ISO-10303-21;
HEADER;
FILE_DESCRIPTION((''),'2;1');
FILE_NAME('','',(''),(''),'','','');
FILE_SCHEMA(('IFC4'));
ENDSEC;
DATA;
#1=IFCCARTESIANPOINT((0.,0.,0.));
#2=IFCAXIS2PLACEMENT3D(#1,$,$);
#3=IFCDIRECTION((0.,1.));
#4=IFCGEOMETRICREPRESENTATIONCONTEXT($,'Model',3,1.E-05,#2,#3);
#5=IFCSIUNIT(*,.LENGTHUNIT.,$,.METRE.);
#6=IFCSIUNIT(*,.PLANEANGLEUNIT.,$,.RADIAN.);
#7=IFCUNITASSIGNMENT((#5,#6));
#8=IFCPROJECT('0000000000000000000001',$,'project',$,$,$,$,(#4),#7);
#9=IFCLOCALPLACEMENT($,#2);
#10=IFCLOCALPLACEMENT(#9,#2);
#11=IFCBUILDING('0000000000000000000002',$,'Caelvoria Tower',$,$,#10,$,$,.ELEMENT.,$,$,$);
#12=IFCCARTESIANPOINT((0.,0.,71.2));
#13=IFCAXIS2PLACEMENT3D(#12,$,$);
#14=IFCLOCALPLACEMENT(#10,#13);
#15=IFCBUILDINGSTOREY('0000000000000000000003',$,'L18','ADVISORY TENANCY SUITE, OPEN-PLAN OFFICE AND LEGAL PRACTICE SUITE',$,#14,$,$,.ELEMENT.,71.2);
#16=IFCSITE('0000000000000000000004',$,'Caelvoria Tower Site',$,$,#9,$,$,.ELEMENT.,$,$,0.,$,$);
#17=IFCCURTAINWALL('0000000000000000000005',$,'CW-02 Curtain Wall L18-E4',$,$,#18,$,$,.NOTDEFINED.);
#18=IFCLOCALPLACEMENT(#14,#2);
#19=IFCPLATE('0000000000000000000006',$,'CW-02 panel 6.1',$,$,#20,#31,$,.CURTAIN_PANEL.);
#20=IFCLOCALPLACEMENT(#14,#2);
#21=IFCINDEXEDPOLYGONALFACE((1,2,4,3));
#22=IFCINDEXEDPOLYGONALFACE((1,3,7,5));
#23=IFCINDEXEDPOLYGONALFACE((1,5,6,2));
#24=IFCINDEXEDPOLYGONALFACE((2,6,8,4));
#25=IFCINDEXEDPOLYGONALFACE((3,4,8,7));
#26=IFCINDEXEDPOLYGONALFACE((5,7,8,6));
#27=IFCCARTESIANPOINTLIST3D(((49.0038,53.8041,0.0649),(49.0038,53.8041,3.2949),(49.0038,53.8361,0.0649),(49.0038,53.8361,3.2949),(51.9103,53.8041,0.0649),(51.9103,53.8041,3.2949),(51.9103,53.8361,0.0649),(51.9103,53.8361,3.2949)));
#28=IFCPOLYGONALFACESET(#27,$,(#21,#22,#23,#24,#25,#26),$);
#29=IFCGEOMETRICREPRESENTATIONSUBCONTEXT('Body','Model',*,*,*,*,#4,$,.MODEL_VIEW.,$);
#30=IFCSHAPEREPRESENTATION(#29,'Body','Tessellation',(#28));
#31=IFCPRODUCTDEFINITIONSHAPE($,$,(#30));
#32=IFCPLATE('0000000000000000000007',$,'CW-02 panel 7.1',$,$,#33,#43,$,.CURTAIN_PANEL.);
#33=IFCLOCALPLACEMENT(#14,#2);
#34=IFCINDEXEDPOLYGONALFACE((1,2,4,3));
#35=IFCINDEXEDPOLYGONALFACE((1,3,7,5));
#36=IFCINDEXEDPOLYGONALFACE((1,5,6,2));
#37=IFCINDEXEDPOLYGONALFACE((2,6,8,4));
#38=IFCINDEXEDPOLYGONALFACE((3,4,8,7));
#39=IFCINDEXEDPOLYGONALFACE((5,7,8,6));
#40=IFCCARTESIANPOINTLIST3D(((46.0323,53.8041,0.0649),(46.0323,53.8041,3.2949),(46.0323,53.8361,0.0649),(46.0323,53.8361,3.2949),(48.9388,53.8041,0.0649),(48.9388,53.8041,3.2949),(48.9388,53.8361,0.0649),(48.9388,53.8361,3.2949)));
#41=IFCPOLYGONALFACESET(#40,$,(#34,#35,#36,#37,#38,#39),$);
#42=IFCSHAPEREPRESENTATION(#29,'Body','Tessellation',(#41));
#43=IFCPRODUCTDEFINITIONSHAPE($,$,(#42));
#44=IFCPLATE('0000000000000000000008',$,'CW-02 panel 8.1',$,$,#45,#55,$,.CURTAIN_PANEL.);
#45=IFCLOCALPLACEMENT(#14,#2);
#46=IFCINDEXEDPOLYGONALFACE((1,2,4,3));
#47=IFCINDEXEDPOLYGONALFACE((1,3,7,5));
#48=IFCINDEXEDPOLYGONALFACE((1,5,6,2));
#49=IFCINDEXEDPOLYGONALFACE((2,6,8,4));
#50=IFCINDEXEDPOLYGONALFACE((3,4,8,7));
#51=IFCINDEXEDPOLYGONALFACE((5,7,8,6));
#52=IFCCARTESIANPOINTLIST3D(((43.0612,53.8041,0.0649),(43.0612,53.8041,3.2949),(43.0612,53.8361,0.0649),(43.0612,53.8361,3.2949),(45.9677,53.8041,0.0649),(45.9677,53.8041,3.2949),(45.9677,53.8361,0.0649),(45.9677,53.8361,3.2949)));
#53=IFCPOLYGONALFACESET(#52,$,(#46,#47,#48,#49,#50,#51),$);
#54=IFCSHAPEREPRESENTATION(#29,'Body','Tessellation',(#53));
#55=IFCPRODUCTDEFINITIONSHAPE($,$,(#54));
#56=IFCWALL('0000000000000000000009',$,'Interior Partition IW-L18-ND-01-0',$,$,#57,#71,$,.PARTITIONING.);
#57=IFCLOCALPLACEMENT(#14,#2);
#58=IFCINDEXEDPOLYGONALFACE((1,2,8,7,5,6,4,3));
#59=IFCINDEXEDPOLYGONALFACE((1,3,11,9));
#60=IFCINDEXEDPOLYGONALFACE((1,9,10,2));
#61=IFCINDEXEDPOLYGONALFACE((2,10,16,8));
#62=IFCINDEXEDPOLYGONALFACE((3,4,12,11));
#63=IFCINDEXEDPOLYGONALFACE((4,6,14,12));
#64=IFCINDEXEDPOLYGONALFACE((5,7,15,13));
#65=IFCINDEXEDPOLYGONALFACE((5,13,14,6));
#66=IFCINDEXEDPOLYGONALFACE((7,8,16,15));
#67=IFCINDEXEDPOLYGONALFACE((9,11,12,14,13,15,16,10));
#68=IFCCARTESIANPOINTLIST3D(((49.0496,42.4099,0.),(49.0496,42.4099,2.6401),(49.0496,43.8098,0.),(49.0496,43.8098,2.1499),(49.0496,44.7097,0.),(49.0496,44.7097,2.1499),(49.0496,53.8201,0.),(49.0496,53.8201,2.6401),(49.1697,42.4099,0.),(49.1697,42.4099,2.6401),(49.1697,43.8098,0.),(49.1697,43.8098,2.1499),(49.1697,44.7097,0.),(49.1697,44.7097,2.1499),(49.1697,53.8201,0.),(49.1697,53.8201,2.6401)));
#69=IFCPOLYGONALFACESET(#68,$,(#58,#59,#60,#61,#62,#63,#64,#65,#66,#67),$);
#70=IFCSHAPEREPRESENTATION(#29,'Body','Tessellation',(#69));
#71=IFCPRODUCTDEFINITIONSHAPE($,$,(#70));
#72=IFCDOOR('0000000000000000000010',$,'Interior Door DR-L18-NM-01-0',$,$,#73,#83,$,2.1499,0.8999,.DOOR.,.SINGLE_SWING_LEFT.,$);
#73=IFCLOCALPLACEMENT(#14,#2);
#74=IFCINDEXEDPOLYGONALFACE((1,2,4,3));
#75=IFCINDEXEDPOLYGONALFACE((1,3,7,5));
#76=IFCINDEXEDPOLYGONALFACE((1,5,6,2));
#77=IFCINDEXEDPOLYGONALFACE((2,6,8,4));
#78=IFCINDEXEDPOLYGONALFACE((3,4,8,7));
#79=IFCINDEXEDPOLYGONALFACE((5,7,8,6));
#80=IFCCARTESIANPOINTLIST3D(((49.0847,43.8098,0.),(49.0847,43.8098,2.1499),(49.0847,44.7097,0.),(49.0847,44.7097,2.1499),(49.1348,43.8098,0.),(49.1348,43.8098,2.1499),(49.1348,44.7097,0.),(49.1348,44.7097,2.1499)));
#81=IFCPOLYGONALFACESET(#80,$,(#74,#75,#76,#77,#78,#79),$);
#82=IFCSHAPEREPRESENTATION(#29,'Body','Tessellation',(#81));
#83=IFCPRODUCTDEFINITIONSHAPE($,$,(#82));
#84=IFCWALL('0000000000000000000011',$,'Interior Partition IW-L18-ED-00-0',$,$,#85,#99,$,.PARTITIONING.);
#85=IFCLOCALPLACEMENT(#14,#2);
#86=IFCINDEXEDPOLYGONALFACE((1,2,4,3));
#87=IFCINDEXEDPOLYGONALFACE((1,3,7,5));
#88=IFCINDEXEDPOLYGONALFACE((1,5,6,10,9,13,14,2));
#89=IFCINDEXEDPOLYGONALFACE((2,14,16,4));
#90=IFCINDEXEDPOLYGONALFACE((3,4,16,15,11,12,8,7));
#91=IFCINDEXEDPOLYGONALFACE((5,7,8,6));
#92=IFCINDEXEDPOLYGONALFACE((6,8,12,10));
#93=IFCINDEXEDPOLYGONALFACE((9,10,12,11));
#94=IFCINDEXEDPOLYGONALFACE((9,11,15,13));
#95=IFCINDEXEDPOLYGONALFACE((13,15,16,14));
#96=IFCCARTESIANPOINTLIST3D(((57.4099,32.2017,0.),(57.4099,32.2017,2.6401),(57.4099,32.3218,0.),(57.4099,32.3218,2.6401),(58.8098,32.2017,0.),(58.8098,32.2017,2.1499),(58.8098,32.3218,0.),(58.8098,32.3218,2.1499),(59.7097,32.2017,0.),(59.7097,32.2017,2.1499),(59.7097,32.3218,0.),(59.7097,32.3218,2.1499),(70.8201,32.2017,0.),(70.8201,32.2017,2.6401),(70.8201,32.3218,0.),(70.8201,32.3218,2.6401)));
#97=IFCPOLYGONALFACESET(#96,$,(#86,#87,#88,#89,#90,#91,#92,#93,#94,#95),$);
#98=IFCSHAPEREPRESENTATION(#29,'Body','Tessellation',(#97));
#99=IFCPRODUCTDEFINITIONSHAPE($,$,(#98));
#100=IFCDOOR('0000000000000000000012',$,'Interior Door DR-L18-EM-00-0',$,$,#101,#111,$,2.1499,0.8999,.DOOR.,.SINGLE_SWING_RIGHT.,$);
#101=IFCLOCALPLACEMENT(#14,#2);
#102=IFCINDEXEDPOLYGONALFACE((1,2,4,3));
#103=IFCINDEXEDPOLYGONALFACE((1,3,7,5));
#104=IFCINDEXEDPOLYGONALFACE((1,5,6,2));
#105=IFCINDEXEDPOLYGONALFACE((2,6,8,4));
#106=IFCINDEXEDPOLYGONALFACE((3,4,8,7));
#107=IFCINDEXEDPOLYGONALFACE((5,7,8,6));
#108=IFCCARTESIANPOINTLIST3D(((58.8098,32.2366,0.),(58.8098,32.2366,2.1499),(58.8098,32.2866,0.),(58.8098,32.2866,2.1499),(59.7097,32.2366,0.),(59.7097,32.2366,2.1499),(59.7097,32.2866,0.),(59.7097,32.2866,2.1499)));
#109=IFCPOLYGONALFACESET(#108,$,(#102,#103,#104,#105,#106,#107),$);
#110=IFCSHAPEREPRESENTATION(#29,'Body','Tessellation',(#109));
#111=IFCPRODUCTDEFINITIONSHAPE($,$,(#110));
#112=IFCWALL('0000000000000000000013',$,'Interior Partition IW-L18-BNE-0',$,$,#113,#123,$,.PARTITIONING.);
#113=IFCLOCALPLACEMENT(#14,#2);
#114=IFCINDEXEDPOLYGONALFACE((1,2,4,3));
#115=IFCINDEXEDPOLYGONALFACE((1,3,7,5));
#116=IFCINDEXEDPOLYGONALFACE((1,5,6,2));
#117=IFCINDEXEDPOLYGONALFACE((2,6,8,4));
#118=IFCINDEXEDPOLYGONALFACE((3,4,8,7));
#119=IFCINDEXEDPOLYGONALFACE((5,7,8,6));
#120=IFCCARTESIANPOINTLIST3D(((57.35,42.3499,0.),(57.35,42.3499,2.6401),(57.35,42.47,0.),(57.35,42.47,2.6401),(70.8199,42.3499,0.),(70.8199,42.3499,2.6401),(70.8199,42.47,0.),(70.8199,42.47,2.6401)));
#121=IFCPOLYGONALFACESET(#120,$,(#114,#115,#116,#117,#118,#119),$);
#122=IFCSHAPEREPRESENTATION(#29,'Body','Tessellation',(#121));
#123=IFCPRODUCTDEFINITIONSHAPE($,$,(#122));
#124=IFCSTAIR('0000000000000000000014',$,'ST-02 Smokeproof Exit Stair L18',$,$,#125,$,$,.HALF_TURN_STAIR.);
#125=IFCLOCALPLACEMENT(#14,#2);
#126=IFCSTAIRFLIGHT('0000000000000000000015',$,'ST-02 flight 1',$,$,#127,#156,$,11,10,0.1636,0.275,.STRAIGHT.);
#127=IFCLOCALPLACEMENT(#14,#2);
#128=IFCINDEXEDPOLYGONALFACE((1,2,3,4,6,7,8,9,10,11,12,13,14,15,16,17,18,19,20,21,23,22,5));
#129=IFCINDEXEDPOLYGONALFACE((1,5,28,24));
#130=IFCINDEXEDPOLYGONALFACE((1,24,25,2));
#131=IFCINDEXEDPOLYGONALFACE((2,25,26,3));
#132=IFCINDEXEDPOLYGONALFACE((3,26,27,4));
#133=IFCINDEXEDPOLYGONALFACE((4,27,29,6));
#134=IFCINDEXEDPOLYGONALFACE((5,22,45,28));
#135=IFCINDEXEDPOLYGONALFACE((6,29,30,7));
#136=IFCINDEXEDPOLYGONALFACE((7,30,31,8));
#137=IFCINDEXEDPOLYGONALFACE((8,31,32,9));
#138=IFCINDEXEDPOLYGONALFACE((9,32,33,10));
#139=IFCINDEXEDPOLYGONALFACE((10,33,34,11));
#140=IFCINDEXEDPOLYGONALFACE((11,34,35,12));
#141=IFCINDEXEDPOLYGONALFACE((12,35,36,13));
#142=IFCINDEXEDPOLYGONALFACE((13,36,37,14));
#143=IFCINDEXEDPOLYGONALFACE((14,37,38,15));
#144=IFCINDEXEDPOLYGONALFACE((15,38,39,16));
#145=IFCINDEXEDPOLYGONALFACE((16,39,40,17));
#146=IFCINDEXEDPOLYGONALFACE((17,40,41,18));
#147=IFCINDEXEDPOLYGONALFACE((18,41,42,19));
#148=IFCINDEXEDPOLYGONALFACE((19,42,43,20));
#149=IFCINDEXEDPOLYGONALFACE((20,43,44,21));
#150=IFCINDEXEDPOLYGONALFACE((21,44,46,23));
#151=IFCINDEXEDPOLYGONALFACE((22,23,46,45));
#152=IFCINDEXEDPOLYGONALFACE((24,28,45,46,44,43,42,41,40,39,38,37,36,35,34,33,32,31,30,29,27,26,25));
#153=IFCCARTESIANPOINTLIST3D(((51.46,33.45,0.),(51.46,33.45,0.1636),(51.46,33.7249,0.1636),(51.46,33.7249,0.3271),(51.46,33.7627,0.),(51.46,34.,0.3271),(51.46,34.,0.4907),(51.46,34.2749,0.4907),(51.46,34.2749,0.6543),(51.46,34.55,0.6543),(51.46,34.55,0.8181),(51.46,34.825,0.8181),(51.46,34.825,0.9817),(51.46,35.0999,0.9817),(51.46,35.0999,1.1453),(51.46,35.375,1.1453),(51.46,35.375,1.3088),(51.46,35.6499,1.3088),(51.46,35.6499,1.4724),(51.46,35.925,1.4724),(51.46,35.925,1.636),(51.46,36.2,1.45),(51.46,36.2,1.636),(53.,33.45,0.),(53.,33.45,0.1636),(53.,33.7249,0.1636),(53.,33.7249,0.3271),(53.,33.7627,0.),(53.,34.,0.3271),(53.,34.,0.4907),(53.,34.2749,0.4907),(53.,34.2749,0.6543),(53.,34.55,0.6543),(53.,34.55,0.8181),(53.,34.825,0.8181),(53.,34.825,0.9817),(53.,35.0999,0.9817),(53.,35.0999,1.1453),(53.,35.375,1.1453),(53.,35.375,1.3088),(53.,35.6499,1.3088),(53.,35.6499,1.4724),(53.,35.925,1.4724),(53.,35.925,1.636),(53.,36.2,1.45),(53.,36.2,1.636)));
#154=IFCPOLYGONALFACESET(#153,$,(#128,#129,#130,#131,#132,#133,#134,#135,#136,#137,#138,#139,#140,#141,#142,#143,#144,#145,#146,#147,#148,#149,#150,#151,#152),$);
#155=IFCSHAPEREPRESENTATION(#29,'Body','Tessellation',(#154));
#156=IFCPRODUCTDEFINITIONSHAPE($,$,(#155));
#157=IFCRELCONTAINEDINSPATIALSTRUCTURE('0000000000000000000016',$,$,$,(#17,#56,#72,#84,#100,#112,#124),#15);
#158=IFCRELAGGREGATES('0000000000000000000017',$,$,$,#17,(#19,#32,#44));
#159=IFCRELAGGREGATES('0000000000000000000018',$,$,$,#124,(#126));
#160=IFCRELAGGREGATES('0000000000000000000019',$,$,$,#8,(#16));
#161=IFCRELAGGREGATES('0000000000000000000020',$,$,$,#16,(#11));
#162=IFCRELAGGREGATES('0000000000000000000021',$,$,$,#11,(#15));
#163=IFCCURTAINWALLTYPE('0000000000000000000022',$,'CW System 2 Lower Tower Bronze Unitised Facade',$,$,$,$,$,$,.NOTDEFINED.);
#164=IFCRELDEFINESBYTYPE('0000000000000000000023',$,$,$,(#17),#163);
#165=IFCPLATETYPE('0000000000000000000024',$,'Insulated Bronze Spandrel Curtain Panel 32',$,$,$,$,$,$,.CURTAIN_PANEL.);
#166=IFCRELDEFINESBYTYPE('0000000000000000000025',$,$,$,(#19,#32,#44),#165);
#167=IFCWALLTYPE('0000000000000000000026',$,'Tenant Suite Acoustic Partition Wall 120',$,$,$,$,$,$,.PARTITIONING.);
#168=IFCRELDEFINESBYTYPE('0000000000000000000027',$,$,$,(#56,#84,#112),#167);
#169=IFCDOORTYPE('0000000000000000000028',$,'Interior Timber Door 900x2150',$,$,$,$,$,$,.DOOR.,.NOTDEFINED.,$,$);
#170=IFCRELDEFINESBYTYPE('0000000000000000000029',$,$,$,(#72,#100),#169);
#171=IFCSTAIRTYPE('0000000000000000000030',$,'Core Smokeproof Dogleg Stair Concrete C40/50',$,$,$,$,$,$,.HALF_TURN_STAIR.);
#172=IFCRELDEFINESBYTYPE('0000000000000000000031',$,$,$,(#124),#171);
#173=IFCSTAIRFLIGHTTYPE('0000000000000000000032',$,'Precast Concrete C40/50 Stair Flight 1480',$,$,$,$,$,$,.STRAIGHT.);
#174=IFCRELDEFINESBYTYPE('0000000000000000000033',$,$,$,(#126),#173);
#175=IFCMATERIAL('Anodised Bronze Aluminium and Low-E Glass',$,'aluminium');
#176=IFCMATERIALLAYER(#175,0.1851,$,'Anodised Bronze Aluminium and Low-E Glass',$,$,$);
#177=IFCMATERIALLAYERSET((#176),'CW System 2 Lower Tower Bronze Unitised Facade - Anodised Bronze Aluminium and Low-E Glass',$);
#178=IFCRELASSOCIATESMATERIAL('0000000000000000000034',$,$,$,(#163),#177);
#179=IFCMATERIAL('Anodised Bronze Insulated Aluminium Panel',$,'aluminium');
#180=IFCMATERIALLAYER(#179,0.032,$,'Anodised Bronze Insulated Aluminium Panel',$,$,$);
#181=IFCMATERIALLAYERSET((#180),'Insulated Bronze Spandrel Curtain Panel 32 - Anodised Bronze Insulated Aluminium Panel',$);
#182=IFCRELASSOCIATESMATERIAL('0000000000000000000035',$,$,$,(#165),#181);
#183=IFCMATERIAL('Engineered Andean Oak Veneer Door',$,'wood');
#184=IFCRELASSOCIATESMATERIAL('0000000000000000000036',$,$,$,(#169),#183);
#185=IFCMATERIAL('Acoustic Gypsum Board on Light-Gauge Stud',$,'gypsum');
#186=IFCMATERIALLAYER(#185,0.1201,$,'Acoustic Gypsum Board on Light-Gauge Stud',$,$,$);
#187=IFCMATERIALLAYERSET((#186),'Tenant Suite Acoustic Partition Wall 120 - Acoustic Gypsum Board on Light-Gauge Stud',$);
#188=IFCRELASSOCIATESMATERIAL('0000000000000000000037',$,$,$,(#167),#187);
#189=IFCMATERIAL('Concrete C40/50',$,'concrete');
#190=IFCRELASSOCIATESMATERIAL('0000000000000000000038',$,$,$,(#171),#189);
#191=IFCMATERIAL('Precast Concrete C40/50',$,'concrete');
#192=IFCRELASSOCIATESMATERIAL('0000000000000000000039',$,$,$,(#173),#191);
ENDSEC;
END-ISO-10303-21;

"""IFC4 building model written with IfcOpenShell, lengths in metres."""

from ifc_helpers import new_model, si_unit, direction, frame, frame_2d, origin, origin_2d, place, context, subcontext, project, spatial, polyline, rectangle, outline, extrude, material, layer, layer_set, type_object, element, fill, aggregate, save


model = new_model("IFC4")

# Units and contexts
model_context = context("Model", 3, precision=1e-05, world=origin(), true_north=direction((0.0, 1.0)))
body_context = subcontext(model_context, "Body", "Model", "MODEL_VIEW")
ifc_project = project(units=[si_unit("LENGTHUNIT", "METRE"), si_unit("PLANEANGLEUNIT", "RADIAN")], contexts=[model_context])

# Site, building, storey
site_placement = place(None, origin())
site = spatial("IfcSite", under=ifc_project, at=site_placement, Name="Caelvoria Tower Site", CompositionType="ELEMENT", RefElevation=0.0)
building_placement = place(site_placement, origin())
building = spatial("IfcBuilding", under=site, at=building_placement, Name="Caelvoria Tower", CompositionType="ELEMENT")
storey_placement = place(building_placement, frame((0.0, 0.0, 71.2)))
storey = spatial("IfcBuildingStorey", under=building, at=storey_placement, Name="L18", Description="ADVISORY TENANCY SUITE, OPEN-PLAN OFFICE AND LEGAL PRACTICE SUITE", CompositionType="ELEMENT", Elevation=71.2)

# Curtain wall
ifc_material_1 = material(Name="Anodised Bronze Aluminium and Low-E Glass", Category="aluminium")
ifc_layer_1 = layer(ifc_material_1, 0.1851, Name="Anodised Bronze Aluminium and Low-E Glass")
ifc_layer_set_1 = layer_set([ifc_layer_1], Name="CW System 2 Lower Tower Bronze Unitised Facade - Anodised Bronze Aluminium and Low-E Glass")
curtain_wall_type = type_object("IfcCurtainWallType", Name="CW System 2 Lower Tower Bronze Unitised Facade", PredefinedType="NOTDEFINED", material=ifc_layer_set_1)
curtain_wall_placement = place(storey_placement, origin())
curtain_wall = element("IfcCurtainWall", 1, at=curtain_wall_placement, inside=storey, type_object=curtain_wall_type, Name="CW-02 Curtain Wall L18-E4", PredefinedType="NOTDEFINED")

# Plates
ifc_material_2 = material(Name="Anodised Bronze Insulated Aluminium Panel", Category="aluminium")
ifc_layer_2 = layer(ifc_material_2, 0.032, Name="Anodised Bronze Insulated Aluminium Panel")
ifc_layer_set_2 = layer_set([ifc_layer_2], Name="Insulated Bronze Spandrel Curtain Panel 32 - Anodised Bronze Insulated Aluminium Panel")
plate_type = type_object("IfcPlateType", Name="Insulated Bronze Spandrel Curtain Panel 32", PredefinedType="CURTAIN_PANEL", material=ifc_layer_set_2)
plate_1_placement = place(storey_placement, frame((50.457, 53.8201, 0.0649), z_axis=(0.0, 0.0, 1.0), x_axis=(-1.0, 0.0, 0.0)))
plate_1 = element("IfcPlate", 2, at=plate_1_placement, type_object=plate_type, Name="CW-02 panel 6.1", PredefinedType="CURTAIN_PANEL", context=body_context, shape_type="SweptSolid", body=[
    extrude(rectangle(XDim=2.9065, YDim=0.032, at=origin_2d()), origin(), (0.0, 0.0, 1.0), 3.23),
])
plate_2_placement = place(storey_placement, frame((47.4856, 53.8201, 0.0649), z_axis=(0.0, 0.0, 1.0), x_axis=(-1.0, 0.0, 0.0)))
plate_2 = element("IfcPlate", 3, at=plate_2_placement, type_object=plate_type, Name="CW-02 panel 7.1", PredefinedType="CURTAIN_PANEL", context=body_context, shape_type="SweptSolid", body=[
    extrude(rectangle(XDim=2.9065, YDim=0.032, at=origin_2d()), origin(), (0.0, 0.0, 1.0), 3.23),
])
plate_3_placement = place(storey_placement, frame((44.5144, 53.8201, 0.0649), z_axis=(0.0, 0.0, 1.0), x_axis=(-1.0, 0.0, 0.0)))
plate_3 = element("IfcPlate", 4, at=plate_3_placement, type_object=plate_type, Name="CW-02 panel 8.1", PredefinedType="CURTAIN_PANEL", context=body_context, shape_type="SweptSolid", body=[
    extrude(rectangle(XDim=2.9065, YDim=0.032, at=origin_2d()), origin(), (0.0, 0.0, 1.0), 3.23),
])
aggregate(curtain_wall, [plate_1, plate_2, plate_3])

# Walls, openings, doors
ifc_material_3 = material(Name="Engineered Andean Oak Veneer Door", Category="wood")
door_type = type_object("IfcDoorType", Name="Interior Timber Door 900x2150", OperationType="NOTDEFINED", PredefinedType="DOOR", material=ifc_material_3)
ifc_material_4 = material(Name="Acoustic Gypsum Board on Light-Gauge Stud", Category="gypsum")
ifc_layer_3 = layer(ifc_material_4, 0.1201, Name="Acoustic Gypsum Board on Light-Gauge Stud")
ifc_layer_set_3 = layer_set([ifc_layer_3], Name="Tenant Suite Acoustic Partition Wall 120 - Acoustic Gypsum Board on Light-Gauge Stud")
wall_type_1 = type_object("IfcWallType", Name="Tenant Suite Acoustic Partition Wall 120", PredefinedType="PARTITIONING", material=ifc_layer_set_3)
wall_1_placement = place(storey_placement, frame((49.1096, 42.4099, 0.0), z_axis=(0.0, 0.0, 1.0), x_axis=(0.0, 1.0, 0.0)))
wall_1 = element("IfcWall", 5, at=wall_1_placement, inside=storey, type_object=wall_type_1, Name="Interior Partition IW-L18-ND-01-0", PredefinedType="PARTITIONING", context=body_context, shape_type="SweptSolid", body=[
    extrude(rectangle(XDim=11.4102, YDim=0.1201, at=frame_2d((5.7051, 0.0))), origin(), (0.0, 0.0, 1.0), 2.6401),
])
opening_1_placement = place(wall_1_placement, frame((1.3999, 0.0, 0.0)))
opening_1 = element("IfcOpeningElement", 6, at=opening_1_placement, cuts=wall_1, PredefinedType="OPENING", context=body_context, shape_type="SweptSolid", body=[
    extrude(rectangle(XDim=0.8999, YDim=2.1499, at=frame_2d((0.45, 1.075))), frame((0.0, 0.0701, 0.0), z_axis=(0.0, -1.0, 0.0), x_axis=(1.0, 0.0, 0.0)), (0.0, 0.0, 1.0), 0.1401),
])
door_1_placement = place(opening_1_placement, origin())
door_1 = element("IfcDoor", 7, at=door_1_placement, inside=storey, type_object=door_type, Name="Interior Door DR-L18-NM-01-0", OperationType="SINGLE_SWING_LEFT", OverallHeight=2.1499, OverallWidth=0.8999, PredefinedType="DOOR", context=body_context, shape_type="SweptSolid", body=[
    extrude(rectangle(XDim=0.8999, YDim=2.1499, at=frame_2d((0.45, 1.075))), frame((0.0, 0.0249, 0.0), z_axis=(0.0, -1.0, 0.0), x_axis=(1.0, 0.0, 0.0)), (0.0, 0.0, 1.0), 0.05),
])
fill(opening_1, door_1)
wall_2_placement = place(storey_placement, frame((57.4099, 32.2617, 0.0), z_axis=(0.0, 0.0, 1.0), x_axis=(1.0, 0.0, 0.0)))
wall_2 = element("IfcWall", 8, at=wall_2_placement, inside=storey, type_object=wall_type_1, Name="Interior Partition IW-L18-ED-00-0", PredefinedType="PARTITIONING", context=body_context, shape_type="SweptSolid", body=[
    extrude(rectangle(XDim=13.4102, YDim=0.1201, at=frame_2d((6.7051, 0.0))), origin(), (0.0, 0.0, 1.0), 2.6401),
])
opening_2_placement = place(wall_2_placement, frame((1.3999, 0.0, 0.0)))
opening_2 = element("IfcOpeningElement", 9, at=opening_2_placement, cuts=wall_2, PredefinedType="OPENING", context=body_context, shape_type="SweptSolid", body=[
    extrude(rectangle(XDim=0.8999, YDim=2.1499, at=frame_2d((0.45, 1.075))), frame((0.0, 0.0701, 0.0), z_axis=(0.0, -1.0, 0.0), x_axis=(1.0, 0.0, 0.0)), (0.0, 0.0, 1.0), 0.1401),
])
door_2_placement = place(opening_2_placement, origin())
door_2 = element("IfcDoor", 10, at=door_2_placement, inside=storey, type_object=door_type, Name="Interior Door DR-L18-EM-00-0", OperationType="SINGLE_SWING_RIGHT", OverallHeight=2.1499, OverallWidth=0.8999, PredefinedType="DOOR", context=body_context, shape_type="SweptSolid", body=[
    extrude(rectangle(XDim=0.8999, YDim=2.1499, at=frame_2d((0.45, 1.075))), frame((0.0, 0.0249, 0.0), z_axis=(0.0, -1.0, 0.0), x_axis=(1.0, 0.0, 0.0)), (0.0, 0.0, 1.0), 0.05),
])
fill(opening_2, door_2)

# Wall
wall_3_placement = place(storey_placement, frame((57.3501, 42.4099, 0.0), z_axis=(0.0, 0.0, 1.0), x_axis=(1.0, 0.0, 0.0)))
element("IfcWall", 11, at=wall_3_placement, inside=storey, type_object=wall_type_1, Name="Interior Partition IW-L18-BNE-0", PredefinedType="PARTITIONING", context=body_context, shape_type="SweptSolid", body=[
    extrude(rectangle(XDim=13.47, YDim=0.1201, at=frame_2d((6.7349, 0.0))), origin(), (0.0, 0.0, 1.0), 2.6401),
])

# Stair, stair flight
ifc_material_5 = material(Name="Concrete C40/50", Category="concrete")
stair_type = type_object("IfcStairType", Name="Core Smokeproof Dogleg Stair Concrete C40/50", PredefinedType="HALF_TURN_STAIR", material=ifc_material_5)
stair_placement = place(storey_placement, origin())
stair = element("IfcStair", 12, at=stair_placement, inside=storey, type_object=stair_type, Name="ST-02 Smokeproof Exit Stair L18", PredefinedType="HALF_TURN_STAIR")
ifc_material_6 = material(Name="Precast Concrete C40/50", Category="concrete")
stair_flight_type = type_object("IfcStairFlightType", Name="Precast Concrete C40/50 Stair Flight 1480", PredefinedType="STRAIGHT", material=ifc_material_6)
stair_flight_1_placement = place(storey_placement, frame((52.23, 33.45, 0.0), z_axis=(0.0, 0.0, 1.0), x_axis=(0.0, 1.0, 0.0)))
stair_flight_1 = element("IfcStairFlight", 13, at=stair_flight_1_placement, type_object=stair_flight_type, Name="ST-02 flight 1", NumberOfRisers=11, NumberOfTreads=10, PredefinedType="STRAIGHT", RiserHeight=0.1636, TreadLength=0.275, context=body_context, shape_type="SweptSolid", body=[
    extrude(outline(polyline([(0.0, 0.0), (0.0, 0.1636), (0.2749, 0.1636), (0.2749, 0.3271), (0.55, 0.3271), (0.55, 0.4907), (0.825, 0.4907), (0.825, 0.6543), (1.1001, 0.6543), (1.1001, 0.8181), (1.375, 0.8181), (1.375, 0.9817), (1.6499, 0.9817), (1.6499, 1.1453), (1.925, 1.1453), (1.925, 1.3088), (2.2, 1.3088), (2.2, 1.4724), (2.4751, 1.4724), (2.4751, 1.636), (2.75, 1.636), (2.75, 1.7996), (2.75, 1.45), (0.3127, 0.0), (0.0, 0.0)])), frame((0.0, 0.77, 0.0), z_axis=(0.0, -1.0, 0.0), x_axis=(1.0, 0.0, 0.0)), (0.0, 0.0, 1.0), 1.54),
])
aggregate(stair, [stair_flight_1])

save(model, "model.ifc")
